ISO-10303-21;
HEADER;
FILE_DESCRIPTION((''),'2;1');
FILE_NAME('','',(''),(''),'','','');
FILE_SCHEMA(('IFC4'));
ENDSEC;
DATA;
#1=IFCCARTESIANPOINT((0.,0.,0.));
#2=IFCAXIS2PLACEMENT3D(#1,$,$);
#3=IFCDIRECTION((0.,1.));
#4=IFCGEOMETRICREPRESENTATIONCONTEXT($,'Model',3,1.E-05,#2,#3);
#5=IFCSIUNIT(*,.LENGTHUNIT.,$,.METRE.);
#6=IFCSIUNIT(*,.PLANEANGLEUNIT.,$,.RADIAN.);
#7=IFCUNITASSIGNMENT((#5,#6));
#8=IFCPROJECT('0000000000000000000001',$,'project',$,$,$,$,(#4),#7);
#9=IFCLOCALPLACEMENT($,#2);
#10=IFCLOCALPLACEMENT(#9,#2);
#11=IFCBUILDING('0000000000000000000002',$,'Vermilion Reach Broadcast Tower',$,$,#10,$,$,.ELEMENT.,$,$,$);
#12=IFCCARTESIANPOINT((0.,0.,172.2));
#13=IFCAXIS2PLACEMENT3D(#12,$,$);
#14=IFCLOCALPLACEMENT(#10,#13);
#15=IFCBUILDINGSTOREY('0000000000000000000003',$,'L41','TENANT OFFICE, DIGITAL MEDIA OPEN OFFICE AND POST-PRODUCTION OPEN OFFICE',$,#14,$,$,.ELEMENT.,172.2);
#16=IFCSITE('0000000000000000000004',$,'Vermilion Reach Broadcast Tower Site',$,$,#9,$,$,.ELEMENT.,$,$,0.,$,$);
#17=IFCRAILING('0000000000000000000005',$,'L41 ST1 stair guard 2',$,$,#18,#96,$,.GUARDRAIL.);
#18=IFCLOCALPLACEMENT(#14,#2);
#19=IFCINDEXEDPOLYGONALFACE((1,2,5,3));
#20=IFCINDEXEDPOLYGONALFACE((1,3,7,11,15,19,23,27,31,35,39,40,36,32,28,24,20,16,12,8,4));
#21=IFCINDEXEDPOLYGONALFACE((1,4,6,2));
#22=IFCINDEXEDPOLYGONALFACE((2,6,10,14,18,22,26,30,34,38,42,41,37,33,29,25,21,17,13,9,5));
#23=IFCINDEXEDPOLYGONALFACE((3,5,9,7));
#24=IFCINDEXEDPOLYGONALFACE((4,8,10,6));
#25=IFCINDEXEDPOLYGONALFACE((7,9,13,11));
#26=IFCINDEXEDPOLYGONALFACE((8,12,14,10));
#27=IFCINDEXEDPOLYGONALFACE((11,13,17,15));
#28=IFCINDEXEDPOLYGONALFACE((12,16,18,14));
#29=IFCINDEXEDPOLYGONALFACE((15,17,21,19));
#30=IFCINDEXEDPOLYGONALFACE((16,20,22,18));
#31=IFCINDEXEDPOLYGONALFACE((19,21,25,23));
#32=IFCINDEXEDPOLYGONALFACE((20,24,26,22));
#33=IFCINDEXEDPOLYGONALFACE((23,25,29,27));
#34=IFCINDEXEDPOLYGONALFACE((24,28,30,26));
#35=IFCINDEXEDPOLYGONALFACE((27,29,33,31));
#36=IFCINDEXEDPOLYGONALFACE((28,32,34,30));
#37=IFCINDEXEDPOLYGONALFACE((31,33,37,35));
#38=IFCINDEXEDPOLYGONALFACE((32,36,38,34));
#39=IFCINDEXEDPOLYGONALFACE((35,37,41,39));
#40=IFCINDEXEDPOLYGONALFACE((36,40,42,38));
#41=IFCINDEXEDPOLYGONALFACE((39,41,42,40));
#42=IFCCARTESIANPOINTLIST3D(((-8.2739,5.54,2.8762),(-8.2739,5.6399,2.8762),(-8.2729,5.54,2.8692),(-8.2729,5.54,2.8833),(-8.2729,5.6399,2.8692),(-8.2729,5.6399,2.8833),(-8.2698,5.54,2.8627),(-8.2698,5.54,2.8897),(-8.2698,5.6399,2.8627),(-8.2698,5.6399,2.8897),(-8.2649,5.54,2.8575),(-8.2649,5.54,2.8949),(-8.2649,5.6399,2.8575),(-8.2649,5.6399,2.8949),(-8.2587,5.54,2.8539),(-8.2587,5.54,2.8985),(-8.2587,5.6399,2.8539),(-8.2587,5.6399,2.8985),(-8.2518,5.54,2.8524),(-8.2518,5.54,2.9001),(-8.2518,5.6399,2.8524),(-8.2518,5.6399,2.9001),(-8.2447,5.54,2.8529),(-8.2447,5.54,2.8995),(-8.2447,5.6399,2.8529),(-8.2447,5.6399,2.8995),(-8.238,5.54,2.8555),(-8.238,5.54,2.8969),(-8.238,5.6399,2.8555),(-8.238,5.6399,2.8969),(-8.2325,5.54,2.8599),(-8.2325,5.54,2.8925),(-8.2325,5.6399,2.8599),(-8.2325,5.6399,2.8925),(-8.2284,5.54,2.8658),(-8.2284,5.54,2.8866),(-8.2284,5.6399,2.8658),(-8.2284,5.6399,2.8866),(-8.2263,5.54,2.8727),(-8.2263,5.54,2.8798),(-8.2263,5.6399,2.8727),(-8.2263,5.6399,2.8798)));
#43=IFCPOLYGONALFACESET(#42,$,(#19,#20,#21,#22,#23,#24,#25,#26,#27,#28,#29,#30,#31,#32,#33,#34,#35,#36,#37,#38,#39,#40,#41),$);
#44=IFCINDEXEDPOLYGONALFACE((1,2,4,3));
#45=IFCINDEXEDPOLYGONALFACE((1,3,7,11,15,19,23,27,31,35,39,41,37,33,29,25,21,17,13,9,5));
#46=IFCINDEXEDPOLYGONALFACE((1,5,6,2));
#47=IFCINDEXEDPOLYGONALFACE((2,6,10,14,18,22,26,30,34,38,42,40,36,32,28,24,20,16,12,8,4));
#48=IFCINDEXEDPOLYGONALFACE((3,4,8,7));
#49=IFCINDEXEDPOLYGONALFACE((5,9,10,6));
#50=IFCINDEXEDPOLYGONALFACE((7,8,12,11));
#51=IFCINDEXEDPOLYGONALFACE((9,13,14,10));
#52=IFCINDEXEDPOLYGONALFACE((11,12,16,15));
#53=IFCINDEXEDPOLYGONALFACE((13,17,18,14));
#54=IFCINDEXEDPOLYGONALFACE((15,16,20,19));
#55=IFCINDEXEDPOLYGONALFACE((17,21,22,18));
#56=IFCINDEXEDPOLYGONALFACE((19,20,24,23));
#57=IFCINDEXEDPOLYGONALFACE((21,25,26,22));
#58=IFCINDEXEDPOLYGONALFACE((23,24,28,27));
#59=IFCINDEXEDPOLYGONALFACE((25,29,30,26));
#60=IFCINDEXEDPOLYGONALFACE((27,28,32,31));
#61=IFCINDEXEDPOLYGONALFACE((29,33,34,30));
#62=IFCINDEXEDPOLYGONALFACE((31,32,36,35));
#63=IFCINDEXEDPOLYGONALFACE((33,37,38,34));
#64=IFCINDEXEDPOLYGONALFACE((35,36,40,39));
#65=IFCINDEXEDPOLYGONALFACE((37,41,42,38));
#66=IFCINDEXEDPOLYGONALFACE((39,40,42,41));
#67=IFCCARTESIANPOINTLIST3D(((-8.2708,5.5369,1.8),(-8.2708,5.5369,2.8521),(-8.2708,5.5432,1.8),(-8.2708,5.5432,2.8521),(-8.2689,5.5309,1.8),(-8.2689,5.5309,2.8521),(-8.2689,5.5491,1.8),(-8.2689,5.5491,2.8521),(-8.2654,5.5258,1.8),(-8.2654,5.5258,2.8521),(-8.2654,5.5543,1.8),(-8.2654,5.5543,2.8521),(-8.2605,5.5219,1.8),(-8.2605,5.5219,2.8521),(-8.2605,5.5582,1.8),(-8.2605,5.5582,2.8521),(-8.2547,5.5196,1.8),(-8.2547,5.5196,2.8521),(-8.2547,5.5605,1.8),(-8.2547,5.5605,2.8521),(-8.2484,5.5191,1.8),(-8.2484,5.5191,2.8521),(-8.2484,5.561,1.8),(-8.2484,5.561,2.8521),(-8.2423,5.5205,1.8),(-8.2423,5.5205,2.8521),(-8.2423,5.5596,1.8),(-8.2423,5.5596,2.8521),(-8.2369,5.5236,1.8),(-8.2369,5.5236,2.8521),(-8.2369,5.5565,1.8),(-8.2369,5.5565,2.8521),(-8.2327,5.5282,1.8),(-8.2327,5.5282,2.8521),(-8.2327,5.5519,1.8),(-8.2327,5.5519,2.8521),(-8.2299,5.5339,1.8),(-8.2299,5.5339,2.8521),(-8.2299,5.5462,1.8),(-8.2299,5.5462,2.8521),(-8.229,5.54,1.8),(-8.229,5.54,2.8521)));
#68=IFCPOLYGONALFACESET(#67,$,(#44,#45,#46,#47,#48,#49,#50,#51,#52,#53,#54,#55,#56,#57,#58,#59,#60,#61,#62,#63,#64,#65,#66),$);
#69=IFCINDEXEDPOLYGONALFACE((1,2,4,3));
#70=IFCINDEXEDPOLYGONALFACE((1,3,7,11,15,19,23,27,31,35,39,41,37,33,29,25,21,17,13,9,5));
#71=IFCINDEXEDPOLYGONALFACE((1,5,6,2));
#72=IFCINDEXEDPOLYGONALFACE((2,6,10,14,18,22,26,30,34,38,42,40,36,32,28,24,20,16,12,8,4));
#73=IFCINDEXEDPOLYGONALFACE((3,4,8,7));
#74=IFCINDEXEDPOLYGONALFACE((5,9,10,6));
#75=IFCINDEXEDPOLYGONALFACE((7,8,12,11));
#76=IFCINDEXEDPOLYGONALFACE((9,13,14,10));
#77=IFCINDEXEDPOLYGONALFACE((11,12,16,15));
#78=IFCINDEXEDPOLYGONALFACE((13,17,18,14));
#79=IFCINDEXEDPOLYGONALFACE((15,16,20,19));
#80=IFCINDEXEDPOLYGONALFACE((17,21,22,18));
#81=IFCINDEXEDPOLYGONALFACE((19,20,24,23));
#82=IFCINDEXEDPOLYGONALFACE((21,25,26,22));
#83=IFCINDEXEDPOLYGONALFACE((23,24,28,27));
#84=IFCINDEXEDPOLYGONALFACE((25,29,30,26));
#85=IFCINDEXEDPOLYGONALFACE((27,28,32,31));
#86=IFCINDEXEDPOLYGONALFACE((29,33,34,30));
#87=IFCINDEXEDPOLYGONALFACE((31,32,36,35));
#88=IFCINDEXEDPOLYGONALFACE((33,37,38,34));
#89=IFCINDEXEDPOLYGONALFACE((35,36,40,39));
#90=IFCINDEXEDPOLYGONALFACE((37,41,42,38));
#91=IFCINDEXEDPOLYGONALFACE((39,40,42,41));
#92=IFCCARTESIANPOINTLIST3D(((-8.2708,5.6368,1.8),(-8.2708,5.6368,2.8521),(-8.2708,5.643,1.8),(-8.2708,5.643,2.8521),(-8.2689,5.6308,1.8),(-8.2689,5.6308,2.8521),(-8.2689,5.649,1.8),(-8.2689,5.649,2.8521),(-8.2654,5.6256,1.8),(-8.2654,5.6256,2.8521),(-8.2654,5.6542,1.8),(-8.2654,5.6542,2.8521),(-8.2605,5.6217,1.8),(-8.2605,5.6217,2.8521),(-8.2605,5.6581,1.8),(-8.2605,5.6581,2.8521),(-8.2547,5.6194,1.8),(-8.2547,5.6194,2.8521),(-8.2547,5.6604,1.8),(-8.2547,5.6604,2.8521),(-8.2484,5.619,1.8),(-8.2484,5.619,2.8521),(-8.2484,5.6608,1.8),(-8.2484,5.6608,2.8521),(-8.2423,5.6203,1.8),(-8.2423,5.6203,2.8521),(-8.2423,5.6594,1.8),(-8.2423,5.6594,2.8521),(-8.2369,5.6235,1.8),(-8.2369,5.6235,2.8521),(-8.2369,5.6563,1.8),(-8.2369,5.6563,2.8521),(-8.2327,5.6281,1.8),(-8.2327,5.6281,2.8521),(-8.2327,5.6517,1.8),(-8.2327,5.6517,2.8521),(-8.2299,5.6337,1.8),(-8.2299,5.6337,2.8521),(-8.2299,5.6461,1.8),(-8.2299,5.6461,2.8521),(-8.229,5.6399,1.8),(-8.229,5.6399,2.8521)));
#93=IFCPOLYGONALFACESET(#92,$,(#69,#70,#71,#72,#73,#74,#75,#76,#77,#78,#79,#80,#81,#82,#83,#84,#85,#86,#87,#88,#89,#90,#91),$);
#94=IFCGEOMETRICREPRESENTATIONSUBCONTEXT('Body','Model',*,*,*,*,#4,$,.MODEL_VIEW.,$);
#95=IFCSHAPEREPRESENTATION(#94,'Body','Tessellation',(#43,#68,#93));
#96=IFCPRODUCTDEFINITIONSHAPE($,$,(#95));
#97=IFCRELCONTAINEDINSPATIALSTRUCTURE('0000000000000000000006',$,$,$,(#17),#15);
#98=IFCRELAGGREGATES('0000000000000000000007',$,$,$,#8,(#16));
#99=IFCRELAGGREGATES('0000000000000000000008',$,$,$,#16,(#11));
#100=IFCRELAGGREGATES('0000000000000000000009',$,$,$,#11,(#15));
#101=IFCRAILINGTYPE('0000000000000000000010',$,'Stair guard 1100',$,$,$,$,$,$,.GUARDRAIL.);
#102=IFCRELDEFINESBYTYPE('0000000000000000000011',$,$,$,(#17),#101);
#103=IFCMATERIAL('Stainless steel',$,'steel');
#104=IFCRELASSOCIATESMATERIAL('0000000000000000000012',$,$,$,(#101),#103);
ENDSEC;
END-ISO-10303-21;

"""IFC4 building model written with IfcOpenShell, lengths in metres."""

from ifc_helpers import new_model, si_unit, direction, frame, origin, origin_2d, place, context, subcontext, project, spatial, circle, extrude, material, type_object, element, save


model = new_model("IFC4")

# Units and contexts
model_context = context("Model", 3, precision=1e-05, world=origin(), true_north=direction((0.0, 1.0)))
body_context = subcontext(model_context, "Body", "Model", "MODEL_VIEW")
ifc_project = project(units=[si_unit("LENGTHUNIT", "METRE"), si_unit("PLANEANGLEUNIT", "RADIAN")], contexts=[model_context])

# Site, building, storey
site_placement = place(None, origin())
site = spatial("IfcSite", under=ifc_project, at=site_placement, Name="Vermilion Reach Broadcast Tower Site", CompositionType="ELEMENT", RefElevation=0.0)
building_placement = place(site_placement, origin())
building = spatial("IfcBuilding", under=site, at=building_placement, Name="Vermilion Reach Broadcast Tower", CompositionType="ELEMENT")
storey_placement = place(building_placement, frame((0.0, 0.0, 172.2)))
storey = spatial("IfcBuildingStorey", under=building, at=storey_placement, Name="L41", Description="TENANT OFFICE, DIGITAL MEDIA OPEN OFFICE AND POST-PRODUCTION OPEN OFFICE", CompositionType="ELEMENT", Elevation=172.2)

# Railing
ifc_material_1 = material(Name="Stainless steel", Category="steel")
railing_type_1 = type_object("IfcRailingType", Name="Stair guard 1100", PredefinedType="GUARDRAIL", material=ifc_material_1)
railing_1_placement = place(storey_placement, frame((-8.25, 5.54, 1.8)))
element("IfcRailing", 1, at=railing_1_placement, inside=storey, type_object=railing_type_1, Name="L41 ST1 stair guard 2", PredefinedType="GUARDRAIL", context=body_context, shape_type="SweptSolid", body=[
    extrude(circle(Radius=0.0239, at=origin_2d()), frame((0.0, 0.0, 1.0762), z_axis=(0.0, 1.0, 0.0), x_axis=(-1.0, 0.0, 0.0)), (0.0, 0.0, 1.0), 0.0999),
    extrude(circle(Radius=0.021, at=origin_2d()), origin(), (0.0, 0.0, 1.0), 1.052),
    extrude(circle(Radius=0.021, at=origin_2d()), frame((0.0, 0.0999, 0.0)), (0.0, 0.0, 1.0), 1.052),
])

save(model, "model.ifc")
